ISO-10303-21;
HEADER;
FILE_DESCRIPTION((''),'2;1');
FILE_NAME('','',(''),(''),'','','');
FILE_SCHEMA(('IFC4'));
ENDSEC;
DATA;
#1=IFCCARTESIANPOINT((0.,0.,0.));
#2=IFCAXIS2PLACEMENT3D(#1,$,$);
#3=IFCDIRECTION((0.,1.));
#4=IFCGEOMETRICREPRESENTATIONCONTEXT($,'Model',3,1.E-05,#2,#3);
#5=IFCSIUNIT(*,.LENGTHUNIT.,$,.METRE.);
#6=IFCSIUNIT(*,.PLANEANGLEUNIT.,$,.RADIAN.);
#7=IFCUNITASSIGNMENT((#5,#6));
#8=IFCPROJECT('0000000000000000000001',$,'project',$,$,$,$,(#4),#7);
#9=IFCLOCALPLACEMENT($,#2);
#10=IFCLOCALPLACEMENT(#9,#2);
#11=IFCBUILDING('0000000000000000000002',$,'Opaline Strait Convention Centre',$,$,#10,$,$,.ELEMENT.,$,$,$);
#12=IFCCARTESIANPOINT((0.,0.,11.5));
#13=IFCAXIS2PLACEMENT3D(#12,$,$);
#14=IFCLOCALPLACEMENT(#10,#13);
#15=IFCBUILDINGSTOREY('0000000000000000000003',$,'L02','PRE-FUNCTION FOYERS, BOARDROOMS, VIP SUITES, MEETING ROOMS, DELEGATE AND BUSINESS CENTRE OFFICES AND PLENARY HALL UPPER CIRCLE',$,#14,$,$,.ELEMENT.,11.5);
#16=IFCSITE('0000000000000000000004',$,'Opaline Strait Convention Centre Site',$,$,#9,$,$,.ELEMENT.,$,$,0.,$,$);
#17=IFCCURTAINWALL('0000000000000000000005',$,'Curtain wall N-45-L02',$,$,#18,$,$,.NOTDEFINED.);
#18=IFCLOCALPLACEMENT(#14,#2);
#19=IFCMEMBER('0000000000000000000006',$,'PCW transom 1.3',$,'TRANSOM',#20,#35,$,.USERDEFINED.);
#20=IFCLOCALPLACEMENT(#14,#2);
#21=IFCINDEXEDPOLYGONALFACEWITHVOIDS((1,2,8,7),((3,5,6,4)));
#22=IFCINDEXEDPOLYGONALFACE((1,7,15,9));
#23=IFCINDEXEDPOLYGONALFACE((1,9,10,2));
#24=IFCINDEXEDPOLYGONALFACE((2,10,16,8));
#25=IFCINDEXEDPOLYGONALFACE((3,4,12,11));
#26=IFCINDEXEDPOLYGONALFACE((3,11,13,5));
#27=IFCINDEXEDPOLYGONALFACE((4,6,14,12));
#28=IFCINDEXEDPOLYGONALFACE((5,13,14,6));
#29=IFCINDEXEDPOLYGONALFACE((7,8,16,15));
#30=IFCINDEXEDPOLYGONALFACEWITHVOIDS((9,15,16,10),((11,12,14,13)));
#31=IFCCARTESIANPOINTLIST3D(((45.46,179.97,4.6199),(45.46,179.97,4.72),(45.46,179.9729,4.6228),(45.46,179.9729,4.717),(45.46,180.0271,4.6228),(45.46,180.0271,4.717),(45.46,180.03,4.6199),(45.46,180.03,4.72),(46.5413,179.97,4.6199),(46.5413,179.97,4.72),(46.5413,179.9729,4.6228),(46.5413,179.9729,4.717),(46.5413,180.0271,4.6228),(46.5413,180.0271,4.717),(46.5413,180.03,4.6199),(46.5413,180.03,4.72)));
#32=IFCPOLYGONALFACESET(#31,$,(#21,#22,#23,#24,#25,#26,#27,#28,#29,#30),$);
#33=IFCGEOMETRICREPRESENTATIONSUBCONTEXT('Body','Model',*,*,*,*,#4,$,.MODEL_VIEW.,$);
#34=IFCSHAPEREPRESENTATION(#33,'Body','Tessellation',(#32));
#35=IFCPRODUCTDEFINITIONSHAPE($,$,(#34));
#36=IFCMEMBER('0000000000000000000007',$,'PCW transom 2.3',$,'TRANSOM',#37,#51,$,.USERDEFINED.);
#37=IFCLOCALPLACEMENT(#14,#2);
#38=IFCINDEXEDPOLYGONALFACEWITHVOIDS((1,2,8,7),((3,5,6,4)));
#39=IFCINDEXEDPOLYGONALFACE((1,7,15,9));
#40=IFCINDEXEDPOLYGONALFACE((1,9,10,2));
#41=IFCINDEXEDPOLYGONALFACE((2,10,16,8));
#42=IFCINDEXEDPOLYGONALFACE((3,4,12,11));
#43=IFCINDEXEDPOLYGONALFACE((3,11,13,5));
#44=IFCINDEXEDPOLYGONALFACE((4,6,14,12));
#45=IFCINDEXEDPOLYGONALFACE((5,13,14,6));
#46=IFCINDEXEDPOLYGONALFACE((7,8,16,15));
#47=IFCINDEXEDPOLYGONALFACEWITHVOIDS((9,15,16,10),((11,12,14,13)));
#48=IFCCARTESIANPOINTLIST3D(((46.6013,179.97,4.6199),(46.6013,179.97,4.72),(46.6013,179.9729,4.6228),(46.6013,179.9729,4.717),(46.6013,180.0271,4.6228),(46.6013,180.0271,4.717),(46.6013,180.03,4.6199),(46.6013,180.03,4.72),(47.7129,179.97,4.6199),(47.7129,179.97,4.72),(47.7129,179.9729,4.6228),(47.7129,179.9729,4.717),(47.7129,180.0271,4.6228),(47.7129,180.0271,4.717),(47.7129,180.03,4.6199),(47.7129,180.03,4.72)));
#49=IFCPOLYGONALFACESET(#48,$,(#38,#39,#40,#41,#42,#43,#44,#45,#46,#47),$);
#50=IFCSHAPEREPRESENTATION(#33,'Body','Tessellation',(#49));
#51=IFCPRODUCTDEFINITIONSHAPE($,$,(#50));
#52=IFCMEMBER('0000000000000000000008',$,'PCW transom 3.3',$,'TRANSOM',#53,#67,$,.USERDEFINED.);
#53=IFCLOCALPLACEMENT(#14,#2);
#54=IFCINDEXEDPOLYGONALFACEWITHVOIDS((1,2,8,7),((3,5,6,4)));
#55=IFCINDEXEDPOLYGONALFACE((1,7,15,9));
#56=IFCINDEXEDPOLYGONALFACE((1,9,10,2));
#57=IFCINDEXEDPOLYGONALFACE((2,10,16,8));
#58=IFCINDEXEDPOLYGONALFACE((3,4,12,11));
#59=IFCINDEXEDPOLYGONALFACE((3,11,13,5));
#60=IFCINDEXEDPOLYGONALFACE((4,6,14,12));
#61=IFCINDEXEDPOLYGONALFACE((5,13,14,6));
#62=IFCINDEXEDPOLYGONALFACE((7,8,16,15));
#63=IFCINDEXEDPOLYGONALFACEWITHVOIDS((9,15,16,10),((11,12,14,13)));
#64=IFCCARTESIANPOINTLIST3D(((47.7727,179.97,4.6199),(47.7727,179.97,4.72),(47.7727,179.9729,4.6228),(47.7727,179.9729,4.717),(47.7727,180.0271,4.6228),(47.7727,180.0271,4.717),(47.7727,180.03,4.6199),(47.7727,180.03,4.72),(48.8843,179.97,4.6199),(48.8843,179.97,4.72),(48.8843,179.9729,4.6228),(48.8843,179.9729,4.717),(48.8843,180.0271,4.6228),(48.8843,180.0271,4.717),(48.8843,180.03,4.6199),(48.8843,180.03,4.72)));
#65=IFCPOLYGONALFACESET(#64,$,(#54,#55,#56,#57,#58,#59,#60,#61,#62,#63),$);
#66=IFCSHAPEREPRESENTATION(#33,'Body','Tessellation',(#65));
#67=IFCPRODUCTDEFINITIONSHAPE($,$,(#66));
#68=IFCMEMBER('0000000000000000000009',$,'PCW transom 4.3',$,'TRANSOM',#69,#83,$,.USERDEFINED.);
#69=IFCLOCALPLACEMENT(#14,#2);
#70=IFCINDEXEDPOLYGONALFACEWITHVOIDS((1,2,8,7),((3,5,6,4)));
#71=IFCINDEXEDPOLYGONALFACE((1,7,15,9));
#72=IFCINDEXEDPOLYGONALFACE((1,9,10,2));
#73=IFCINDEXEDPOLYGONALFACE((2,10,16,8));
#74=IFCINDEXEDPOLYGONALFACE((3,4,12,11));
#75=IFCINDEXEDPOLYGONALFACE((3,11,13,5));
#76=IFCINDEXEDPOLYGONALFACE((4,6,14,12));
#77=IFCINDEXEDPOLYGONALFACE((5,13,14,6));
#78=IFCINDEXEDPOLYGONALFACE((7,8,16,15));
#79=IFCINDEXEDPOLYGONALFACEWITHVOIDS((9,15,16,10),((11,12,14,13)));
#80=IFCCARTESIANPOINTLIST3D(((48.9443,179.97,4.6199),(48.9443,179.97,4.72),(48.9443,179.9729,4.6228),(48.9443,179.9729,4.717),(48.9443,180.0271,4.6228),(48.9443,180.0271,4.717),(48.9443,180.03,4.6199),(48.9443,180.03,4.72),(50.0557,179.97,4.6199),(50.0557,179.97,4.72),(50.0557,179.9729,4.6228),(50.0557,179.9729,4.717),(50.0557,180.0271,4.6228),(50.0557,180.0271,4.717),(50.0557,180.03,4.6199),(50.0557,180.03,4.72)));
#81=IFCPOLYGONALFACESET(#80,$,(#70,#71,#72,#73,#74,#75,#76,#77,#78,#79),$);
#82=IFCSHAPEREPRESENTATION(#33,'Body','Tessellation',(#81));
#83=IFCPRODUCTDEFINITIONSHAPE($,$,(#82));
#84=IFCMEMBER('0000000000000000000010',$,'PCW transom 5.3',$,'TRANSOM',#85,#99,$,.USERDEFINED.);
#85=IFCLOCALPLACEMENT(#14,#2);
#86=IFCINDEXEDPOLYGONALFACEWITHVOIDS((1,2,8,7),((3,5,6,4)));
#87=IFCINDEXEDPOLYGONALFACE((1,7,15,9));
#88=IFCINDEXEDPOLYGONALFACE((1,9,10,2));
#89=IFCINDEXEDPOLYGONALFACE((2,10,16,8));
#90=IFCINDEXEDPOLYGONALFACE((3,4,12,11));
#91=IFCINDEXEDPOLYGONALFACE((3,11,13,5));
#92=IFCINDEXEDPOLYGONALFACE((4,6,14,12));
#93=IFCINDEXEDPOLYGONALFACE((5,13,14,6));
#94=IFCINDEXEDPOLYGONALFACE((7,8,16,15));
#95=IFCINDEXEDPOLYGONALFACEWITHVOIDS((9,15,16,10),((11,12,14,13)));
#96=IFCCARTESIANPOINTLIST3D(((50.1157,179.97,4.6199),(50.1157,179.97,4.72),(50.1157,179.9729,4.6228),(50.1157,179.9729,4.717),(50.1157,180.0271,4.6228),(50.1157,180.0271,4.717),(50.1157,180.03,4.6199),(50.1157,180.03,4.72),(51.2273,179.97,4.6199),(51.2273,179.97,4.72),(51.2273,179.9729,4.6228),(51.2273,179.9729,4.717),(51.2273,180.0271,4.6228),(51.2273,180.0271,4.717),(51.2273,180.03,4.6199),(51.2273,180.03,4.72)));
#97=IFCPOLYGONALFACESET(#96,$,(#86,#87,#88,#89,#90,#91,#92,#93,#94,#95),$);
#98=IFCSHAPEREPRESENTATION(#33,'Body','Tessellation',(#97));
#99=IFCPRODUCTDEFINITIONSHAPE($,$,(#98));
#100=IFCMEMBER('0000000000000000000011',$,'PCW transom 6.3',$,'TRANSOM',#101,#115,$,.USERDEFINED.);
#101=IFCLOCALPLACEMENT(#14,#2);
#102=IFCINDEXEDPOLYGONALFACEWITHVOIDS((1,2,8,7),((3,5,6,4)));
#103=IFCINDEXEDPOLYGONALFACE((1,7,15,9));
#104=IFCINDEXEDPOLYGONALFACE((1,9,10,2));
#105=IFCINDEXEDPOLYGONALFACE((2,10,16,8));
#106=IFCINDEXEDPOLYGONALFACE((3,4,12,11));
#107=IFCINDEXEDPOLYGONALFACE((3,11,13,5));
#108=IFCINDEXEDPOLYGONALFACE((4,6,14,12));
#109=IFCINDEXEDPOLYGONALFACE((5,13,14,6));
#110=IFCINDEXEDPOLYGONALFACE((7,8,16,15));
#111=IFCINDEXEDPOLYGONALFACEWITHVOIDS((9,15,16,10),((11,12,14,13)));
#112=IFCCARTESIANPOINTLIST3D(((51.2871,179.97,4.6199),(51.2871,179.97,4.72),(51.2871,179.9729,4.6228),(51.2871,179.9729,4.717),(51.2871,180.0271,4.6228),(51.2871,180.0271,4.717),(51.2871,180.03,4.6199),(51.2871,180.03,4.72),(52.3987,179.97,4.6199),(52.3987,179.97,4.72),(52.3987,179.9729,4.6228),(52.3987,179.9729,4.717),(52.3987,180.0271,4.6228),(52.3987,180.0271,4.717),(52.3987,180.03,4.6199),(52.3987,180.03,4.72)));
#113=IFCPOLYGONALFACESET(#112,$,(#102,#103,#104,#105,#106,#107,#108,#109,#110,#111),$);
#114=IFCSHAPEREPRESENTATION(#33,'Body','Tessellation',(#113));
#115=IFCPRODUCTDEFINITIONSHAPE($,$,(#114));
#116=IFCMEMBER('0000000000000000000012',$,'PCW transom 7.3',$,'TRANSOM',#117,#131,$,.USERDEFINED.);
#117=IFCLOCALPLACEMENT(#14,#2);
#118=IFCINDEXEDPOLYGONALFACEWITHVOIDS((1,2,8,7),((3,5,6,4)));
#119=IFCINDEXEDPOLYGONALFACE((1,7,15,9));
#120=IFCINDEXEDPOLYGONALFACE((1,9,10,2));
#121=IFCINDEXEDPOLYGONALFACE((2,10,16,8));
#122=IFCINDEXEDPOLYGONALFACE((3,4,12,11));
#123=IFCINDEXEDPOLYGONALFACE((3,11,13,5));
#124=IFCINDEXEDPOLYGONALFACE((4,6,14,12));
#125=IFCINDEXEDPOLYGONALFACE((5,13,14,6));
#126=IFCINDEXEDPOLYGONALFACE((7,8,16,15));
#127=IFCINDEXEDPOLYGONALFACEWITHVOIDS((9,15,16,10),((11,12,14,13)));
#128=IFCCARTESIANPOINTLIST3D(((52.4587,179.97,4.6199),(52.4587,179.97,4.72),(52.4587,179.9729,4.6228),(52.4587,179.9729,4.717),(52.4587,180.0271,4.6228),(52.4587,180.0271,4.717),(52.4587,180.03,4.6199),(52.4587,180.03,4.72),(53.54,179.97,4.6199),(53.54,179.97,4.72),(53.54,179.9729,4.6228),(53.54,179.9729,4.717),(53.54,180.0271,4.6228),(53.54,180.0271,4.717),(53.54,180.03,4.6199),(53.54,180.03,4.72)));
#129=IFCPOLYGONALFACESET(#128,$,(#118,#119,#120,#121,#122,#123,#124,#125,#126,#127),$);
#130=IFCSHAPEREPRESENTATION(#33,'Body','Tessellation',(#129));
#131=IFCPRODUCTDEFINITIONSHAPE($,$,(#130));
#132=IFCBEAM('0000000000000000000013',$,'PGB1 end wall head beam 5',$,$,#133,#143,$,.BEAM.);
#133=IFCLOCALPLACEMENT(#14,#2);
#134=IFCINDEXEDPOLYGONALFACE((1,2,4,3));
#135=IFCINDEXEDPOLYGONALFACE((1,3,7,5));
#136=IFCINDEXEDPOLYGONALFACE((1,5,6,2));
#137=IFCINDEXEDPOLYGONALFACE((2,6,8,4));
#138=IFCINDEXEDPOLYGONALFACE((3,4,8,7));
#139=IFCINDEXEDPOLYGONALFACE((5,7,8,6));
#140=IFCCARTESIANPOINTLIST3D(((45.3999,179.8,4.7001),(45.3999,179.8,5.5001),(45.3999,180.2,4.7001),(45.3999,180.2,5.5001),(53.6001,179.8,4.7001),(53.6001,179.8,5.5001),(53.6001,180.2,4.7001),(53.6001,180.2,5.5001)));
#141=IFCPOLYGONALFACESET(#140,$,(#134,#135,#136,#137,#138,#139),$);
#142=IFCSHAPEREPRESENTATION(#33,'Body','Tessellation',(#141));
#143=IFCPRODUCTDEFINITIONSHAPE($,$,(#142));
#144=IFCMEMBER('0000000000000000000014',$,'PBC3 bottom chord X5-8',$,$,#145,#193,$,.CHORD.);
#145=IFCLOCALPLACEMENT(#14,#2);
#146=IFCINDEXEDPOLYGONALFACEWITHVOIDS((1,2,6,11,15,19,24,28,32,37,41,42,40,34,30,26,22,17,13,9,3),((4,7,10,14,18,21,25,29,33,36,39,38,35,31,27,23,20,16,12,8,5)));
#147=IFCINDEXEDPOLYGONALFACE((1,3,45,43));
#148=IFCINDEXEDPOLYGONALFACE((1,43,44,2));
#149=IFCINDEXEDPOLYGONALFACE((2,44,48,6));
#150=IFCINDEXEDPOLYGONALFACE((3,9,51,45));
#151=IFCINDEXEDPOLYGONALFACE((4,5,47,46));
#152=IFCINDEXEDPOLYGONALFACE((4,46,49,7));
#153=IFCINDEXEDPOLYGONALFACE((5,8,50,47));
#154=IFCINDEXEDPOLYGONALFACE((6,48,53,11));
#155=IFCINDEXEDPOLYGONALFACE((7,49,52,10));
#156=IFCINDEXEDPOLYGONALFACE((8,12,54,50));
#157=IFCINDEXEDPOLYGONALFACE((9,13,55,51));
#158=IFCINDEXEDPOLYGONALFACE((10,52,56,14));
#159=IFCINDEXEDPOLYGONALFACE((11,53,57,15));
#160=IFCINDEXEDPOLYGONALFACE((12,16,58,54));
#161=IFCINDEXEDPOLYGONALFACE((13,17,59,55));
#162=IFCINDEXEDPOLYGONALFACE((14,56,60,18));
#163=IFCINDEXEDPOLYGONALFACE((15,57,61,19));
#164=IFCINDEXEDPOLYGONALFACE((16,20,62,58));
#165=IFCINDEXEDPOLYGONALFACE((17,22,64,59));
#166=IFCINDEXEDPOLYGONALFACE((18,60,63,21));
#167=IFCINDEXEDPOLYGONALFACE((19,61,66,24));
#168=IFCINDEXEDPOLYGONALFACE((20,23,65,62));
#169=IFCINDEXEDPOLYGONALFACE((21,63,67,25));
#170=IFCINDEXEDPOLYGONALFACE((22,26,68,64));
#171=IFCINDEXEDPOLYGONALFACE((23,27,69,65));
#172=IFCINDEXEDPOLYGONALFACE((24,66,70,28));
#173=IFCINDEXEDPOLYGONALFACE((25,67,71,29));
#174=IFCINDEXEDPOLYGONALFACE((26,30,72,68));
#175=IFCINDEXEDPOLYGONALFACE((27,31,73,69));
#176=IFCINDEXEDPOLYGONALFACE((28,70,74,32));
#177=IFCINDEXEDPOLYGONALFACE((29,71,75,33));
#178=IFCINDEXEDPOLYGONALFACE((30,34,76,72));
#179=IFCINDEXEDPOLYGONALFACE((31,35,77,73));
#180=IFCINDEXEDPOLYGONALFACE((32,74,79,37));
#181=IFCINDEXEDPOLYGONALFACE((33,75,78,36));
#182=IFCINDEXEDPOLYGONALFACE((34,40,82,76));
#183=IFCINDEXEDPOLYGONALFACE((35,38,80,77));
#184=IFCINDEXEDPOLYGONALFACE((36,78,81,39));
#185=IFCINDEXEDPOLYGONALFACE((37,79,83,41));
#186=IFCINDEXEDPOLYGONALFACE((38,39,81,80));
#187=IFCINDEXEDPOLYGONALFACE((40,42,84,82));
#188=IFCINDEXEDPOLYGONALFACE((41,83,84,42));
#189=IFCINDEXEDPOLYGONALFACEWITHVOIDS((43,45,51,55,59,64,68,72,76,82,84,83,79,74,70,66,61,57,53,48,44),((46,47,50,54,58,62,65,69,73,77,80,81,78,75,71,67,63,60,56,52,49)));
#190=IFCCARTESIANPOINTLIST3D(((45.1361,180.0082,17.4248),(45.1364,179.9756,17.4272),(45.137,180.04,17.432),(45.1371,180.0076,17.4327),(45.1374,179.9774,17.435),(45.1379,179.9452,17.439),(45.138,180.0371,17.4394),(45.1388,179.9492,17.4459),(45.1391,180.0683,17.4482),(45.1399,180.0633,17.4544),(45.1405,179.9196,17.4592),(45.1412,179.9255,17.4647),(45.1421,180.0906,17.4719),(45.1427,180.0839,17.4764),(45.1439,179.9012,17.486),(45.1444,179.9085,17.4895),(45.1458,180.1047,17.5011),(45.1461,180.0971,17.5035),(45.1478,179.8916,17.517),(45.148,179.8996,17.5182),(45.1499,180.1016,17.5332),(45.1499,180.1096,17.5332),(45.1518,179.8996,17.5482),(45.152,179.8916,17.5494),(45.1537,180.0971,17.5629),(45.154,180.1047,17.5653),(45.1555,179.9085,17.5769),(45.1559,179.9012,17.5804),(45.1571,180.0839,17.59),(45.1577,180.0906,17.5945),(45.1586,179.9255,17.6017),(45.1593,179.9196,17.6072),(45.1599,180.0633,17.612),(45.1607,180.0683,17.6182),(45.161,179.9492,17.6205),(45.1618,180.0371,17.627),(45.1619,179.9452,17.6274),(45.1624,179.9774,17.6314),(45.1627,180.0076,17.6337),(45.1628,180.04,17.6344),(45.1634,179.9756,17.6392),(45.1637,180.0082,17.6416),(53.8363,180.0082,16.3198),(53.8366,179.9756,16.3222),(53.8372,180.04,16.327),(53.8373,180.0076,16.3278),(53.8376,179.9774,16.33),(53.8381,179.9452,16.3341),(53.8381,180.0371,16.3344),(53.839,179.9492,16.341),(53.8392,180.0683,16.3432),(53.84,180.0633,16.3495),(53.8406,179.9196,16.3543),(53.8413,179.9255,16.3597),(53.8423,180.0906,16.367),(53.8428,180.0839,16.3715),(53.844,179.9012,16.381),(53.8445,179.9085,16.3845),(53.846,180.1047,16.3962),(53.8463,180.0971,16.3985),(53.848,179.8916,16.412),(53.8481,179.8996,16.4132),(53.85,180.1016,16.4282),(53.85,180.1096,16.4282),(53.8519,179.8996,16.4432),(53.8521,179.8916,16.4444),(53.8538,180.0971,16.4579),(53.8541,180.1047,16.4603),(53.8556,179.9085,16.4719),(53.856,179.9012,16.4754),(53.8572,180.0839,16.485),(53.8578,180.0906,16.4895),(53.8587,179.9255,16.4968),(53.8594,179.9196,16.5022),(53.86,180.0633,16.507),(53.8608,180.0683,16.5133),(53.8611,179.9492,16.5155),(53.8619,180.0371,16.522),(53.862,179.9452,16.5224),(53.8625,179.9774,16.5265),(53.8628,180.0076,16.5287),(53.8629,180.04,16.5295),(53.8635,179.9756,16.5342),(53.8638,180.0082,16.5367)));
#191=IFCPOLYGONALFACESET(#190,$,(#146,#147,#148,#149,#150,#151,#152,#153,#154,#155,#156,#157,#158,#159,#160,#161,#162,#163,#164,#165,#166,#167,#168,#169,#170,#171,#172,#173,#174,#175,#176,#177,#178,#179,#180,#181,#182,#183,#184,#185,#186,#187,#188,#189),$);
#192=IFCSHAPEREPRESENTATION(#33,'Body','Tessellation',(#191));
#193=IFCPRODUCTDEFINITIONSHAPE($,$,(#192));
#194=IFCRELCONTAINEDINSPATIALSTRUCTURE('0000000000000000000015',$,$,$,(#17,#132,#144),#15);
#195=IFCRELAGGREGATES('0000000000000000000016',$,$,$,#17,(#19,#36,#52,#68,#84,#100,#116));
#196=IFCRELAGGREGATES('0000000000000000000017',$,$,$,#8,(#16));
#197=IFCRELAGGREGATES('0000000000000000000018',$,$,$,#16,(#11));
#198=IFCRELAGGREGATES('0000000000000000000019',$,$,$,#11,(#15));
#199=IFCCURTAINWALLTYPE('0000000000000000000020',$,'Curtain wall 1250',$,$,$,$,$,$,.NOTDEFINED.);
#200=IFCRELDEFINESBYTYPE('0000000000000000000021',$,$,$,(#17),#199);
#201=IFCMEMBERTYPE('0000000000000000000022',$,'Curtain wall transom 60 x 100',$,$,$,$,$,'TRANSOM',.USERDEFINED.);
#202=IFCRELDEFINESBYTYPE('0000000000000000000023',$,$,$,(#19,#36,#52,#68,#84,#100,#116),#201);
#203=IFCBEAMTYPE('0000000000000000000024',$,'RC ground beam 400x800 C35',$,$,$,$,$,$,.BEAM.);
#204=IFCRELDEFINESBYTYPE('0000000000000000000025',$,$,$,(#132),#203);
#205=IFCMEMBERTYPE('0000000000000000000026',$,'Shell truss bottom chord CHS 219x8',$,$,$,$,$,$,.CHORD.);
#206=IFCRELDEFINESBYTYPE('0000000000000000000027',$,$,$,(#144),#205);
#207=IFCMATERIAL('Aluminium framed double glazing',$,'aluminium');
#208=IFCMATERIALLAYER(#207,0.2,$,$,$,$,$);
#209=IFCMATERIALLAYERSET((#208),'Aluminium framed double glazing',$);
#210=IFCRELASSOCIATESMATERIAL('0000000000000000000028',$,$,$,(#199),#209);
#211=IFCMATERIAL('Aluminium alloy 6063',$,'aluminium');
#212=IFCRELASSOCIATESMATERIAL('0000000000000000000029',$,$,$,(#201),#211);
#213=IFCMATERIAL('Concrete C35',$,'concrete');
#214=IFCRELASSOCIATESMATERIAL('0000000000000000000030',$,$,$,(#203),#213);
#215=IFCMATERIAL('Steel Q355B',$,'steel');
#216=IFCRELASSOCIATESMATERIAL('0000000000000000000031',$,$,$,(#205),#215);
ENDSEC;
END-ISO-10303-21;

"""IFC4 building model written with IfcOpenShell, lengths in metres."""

from ifc_helpers import new_model, si_unit, direction, frame, origin, origin_2d, place, context, subcontext, project, spatial, rectangle, hollow_rectangle, hollow_circle, extrude, material, layer, layer_set, material_profile, profile_set, type_object, element, aggregate, save


model = new_model("IFC4")

# Units and contexts
model_context = context("Model", 3, precision=1e-05, world=origin(), true_north=direction((0.0, 1.0)))
body_context = subcontext(model_context, "Body", "Model", "MODEL_VIEW")
ifc_project = project(units=[si_unit("LENGTHUNIT", "METRE"), si_unit("PLANEANGLEUNIT", "RADIAN")], contexts=[model_context])

# Site, building, storey
site_placement = place(None, origin())
site = spatial("IfcSite", under=ifc_project, at=site_placement, Name="Opaline Strait Convention Centre Site", CompositionType="ELEMENT", RefElevation=0.0)
building_placement = place(site_placement, origin())
building = spatial("IfcBuilding", under=site, at=building_placement, Name="Opaline Strait Convention Centre", CompositionType="ELEMENT")
storey_placement = place(building_placement, frame((0.0, 0.0, 11.5)))
storey = spatial("IfcBuildingStorey", under=building, at=storey_placement, Name="L02", Description="PRE-FUNCTION FOYERS, BOARDROOMS, VIP SUITES, MEETING ROOMS, DELEGATE AND BUSINESS CENTRE OFFICES AND PLENARY HALL UPPER CIRCLE", CompositionType="ELEMENT", Elevation=11.5)

# Curtain wall, members
ifc_material_1 = material(Name="Aluminium framed double glazing", Category="aluminium")
ifc_layer_1 = layer(ifc_material_1, 0.2)
ifc_layer_set_1 = layer_set([ifc_layer_1], Name="Aluminium framed double glazing")
curtain_wall_type = type_object("IfcCurtainWallType", Name="Curtain wall 1250", PredefinedType="NOTDEFINED", material=ifc_layer_set_1)
curtain_wall_placement = place(storey_placement, origin())
curtain_wall = element("IfcCurtainWall", 1, at=curtain_wall_placement, inside=storey, type_object=curtain_wall_type, Name="Curtain wall N-45-L02", PredefinedType="NOTDEFINED")
ifc_material_2 = material(Name="Aluminium alloy 6063", Category="aluminium")
ifc_material_profile_1 = material_profile(ifc_material_2, hollow_rectangle(XDim=0.0601, YDim=0.1001, WallThickness=0.0029, at=origin_2d()), Name="TRANSOM 60x100x3")
ifc_profile_set_1 = profile_set([ifc_material_profile_1], Name="Aluminium alloy 6063")
member_type_1 = type_object("IfcMemberType", Name="Curtain wall transom 60 x 100", ElementType="TRANSOM", PredefinedType="USERDEFINED", material=ifc_profile_set_1)
member_1_placement = place(storey_placement, frame((45.46, 180.0, 4.6699), z_axis=(1.0, 0.0, 0.0), x_axis=(0.0, 1.0, 0.0)))
member_1 = element("IfcMember", 2, at=member_1_placement, type_object=member_type_1, Name="PCW transom 1.3", ObjectType="TRANSOM", PredefinedType="USERDEFINED", context=body_context, shape_type="SweptSolid", body=[
    extrude(hollow_rectangle(XDim=0.0601, YDim=0.1001, WallThickness=0.0029, at=origin_2d()), origin(), (0.0, 0.0, 1.0), 1.0813),
])
member_2_placement = place(storey_placement, frame((46.6013, 180.0, 4.6699), z_axis=(1.0, 0.0, 0.0), x_axis=(0.0, 1.0, 0.0)))
member_2 = element("IfcMember", 3, at=member_2_placement, type_object=member_type_1, Name="PCW transom 2.3", ObjectType="TRANSOM", PredefinedType="USERDEFINED", context=body_context, shape_type="SweptSolid", body=[
    extrude(hollow_rectangle(XDim=0.0601, YDim=0.1001, WallThickness=0.0029, at=origin_2d()), origin(), (0.0, 0.0, 1.0), 1.1116),
])
member_3_placement = place(storey_placement, frame((47.7727, 180.0, 4.6699), z_axis=(1.0, 0.0, 0.0), x_axis=(0.0, 1.0, 0.0)))
member_3 = element("IfcMember", 4, at=member_3_placement, type_object=member_type_1, Name="PCW transom 3.3", ObjectType="TRANSOM", PredefinedType="USERDEFINED", context=body_context, shape_type="SweptSolid", body=[
    extrude(hollow_rectangle(XDim=0.0601, YDim=0.1001, WallThickness=0.0029, at=origin_2d()), origin(), (0.0, 0.0, 1.0), 1.1116),
])
member_4_placement = place(storey_placement, frame((48.9443, 180.0, 4.6699), z_axis=(1.0, 0.0, 0.0), x_axis=(0.0, 1.0, 0.0)))
member_4 = element("IfcMember", 5, at=member_4_placement, type_object=member_type_1, Name="PCW transom 4.3", ObjectType="TRANSOM", PredefinedType="USERDEFINED", context=body_context, shape_type="SweptSolid", body=[
    extrude(hollow_rectangle(XDim=0.0601, YDim=0.1001, WallThickness=0.0029, at=origin_2d()), origin(), (0.0, 0.0, 1.0), 1.1113),
])
member_5_placement = place(storey_placement, frame((50.1157, 180.0, 4.6699), z_axis=(1.0, 0.0, 0.0), x_axis=(0.0, 1.0, 0.0)))
member_5 = element("IfcMember", 6, at=member_5_placement, type_object=member_type_1, Name="PCW transom 5.3", ObjectType="TRANSOM", PredefinedType="USERDEFINED", context=body_context, shape_type="SweptSolid", body=[
    extrude(hollow_rectangle(XDim=0.0601, YDim=0.1001, WallThickness=0.0029, at=origin_2d()), origin(), (0.0, 0.0, 1.0), 1.1116),
])
member_6_placement = place(storey_placement, frame((51.2871, 180.0, 4.6699), z_axis=(1.0, 0.0, 0.0), x_axis=(0.0, 1.0, 0.0)))
member_6 = element("IfcMember", 7, at=member_6_placement, type_object=member_type_1, Name="PCW transom 6.3", ObjectType="TRANSOM", PredefinedType="USERDEFINED", context=body_context, shape_type="SweptSolid", body=[
    extrude(hollow_rectangle(XDim=0.0601, YDim=0.1001, WallThickness=0.0029, at=origin_2d()), origin(), (0.0, 0.0, 1.0), 1.1116),
])
member_7_placement = place(storey_placement, frame((52.4587, 180.0, 4.6699), z_axis=(1.0, 0.0, 0.0), x_axis=(0.0, 1.0, 0.0)))
member_7 = element("IfcMember", 8, at=member_7_placement, type_object=member_type_1, Name="PCW transom 7.3", ObjectType="TRANSOM", PredefinedType="USERDEFINED", context=body_context, shape_type="SweptSolid", body=[
    extrude(hollow_rectangle(XDim=0.0601, YDim=0.1001, WallThickness=0.0029, at=origin_2d()), origin(), (0.0, 0.0, 1.0), 1.0813),
])
aggregate(curtain_wall, [member_1, member_2, member_3, member_4, member_5, member_6, member_7])

# Beam
ifc_material_3 = material(Name="Concrete C35", Category="concrete")
ifc_material_profile_2 = material_profile(ifc_material_3, rectangle(XDim=0.3999, YDim=0.8, at=origin_2d()), Name="RC 400x800")
ifc_profile_set_2 = profile_set([ifc_material_profile_2], Name="Concrete C35")
beam_type = type_object("IfcBeamType", Name="RC ground beam 400x800 C35", PredefinedType="BEAM", material=ifc_profile_set_2)
beam_placement = place(storey_placement, frame((45.3999, 180.0, 5.1001), z_axis=(1.0, 0.0, 0.0), x_axis=(0.0, 1.0, 0.0)))
element("IfcBeam", 9, at=beam_placement, inside=storey, type_object=beam_type, Name="PGB1 end wall head beam 5", PredefinedType="BEAM", context=body_context, shape_type="SweptSolid", body=[
    extrude(rectangle(XDim=0.3999, YDim=0.8, at=origin_2d()), origin(), (0.0, 0.0, 1.0), 8.2002),
])

# Member
ifc_material_4 = material(Name="Steel Q355B", Category="steel")
ifc_material_profile_3 = material_profile(ifc_material_4, hollow_circle(Radius=0.1096, WallThickness=0.0081, at=origin_2d()), Name="CHS 219x8")
ifc_profile_set_3 = profile_set([ifc_material_profile_3], Name="Steel Q355B")
member_type_2 = type_object("IfcMemberType", Name="Shell truss bottom chord CHS 219x8", PredefinedType="CHORD", material=ifc_profile_set_3)
member_8_placement = place(storey_placement, frame((45.1499, 180.0, 17.5332), z_axis=(0.992031, 0.0, -0.125994), x_axis=(0.0, 1.0, 0.0)))
element("IfcMember", 10, at=member_8_placement, inside=storey, type_object=member_type_2, Name="PBC3 bottom chord X5-8", PredefinedType="CHORD", context=body_context, shape_type="SweptSolid", body=[
    extrude(hollow_circle(Radius=0.1096, WallThickness=0.0081, at=origin_2d()), origin(), (0.0, 0.0, 1.0), 8.77),
])

save(model, "model.ifc")
